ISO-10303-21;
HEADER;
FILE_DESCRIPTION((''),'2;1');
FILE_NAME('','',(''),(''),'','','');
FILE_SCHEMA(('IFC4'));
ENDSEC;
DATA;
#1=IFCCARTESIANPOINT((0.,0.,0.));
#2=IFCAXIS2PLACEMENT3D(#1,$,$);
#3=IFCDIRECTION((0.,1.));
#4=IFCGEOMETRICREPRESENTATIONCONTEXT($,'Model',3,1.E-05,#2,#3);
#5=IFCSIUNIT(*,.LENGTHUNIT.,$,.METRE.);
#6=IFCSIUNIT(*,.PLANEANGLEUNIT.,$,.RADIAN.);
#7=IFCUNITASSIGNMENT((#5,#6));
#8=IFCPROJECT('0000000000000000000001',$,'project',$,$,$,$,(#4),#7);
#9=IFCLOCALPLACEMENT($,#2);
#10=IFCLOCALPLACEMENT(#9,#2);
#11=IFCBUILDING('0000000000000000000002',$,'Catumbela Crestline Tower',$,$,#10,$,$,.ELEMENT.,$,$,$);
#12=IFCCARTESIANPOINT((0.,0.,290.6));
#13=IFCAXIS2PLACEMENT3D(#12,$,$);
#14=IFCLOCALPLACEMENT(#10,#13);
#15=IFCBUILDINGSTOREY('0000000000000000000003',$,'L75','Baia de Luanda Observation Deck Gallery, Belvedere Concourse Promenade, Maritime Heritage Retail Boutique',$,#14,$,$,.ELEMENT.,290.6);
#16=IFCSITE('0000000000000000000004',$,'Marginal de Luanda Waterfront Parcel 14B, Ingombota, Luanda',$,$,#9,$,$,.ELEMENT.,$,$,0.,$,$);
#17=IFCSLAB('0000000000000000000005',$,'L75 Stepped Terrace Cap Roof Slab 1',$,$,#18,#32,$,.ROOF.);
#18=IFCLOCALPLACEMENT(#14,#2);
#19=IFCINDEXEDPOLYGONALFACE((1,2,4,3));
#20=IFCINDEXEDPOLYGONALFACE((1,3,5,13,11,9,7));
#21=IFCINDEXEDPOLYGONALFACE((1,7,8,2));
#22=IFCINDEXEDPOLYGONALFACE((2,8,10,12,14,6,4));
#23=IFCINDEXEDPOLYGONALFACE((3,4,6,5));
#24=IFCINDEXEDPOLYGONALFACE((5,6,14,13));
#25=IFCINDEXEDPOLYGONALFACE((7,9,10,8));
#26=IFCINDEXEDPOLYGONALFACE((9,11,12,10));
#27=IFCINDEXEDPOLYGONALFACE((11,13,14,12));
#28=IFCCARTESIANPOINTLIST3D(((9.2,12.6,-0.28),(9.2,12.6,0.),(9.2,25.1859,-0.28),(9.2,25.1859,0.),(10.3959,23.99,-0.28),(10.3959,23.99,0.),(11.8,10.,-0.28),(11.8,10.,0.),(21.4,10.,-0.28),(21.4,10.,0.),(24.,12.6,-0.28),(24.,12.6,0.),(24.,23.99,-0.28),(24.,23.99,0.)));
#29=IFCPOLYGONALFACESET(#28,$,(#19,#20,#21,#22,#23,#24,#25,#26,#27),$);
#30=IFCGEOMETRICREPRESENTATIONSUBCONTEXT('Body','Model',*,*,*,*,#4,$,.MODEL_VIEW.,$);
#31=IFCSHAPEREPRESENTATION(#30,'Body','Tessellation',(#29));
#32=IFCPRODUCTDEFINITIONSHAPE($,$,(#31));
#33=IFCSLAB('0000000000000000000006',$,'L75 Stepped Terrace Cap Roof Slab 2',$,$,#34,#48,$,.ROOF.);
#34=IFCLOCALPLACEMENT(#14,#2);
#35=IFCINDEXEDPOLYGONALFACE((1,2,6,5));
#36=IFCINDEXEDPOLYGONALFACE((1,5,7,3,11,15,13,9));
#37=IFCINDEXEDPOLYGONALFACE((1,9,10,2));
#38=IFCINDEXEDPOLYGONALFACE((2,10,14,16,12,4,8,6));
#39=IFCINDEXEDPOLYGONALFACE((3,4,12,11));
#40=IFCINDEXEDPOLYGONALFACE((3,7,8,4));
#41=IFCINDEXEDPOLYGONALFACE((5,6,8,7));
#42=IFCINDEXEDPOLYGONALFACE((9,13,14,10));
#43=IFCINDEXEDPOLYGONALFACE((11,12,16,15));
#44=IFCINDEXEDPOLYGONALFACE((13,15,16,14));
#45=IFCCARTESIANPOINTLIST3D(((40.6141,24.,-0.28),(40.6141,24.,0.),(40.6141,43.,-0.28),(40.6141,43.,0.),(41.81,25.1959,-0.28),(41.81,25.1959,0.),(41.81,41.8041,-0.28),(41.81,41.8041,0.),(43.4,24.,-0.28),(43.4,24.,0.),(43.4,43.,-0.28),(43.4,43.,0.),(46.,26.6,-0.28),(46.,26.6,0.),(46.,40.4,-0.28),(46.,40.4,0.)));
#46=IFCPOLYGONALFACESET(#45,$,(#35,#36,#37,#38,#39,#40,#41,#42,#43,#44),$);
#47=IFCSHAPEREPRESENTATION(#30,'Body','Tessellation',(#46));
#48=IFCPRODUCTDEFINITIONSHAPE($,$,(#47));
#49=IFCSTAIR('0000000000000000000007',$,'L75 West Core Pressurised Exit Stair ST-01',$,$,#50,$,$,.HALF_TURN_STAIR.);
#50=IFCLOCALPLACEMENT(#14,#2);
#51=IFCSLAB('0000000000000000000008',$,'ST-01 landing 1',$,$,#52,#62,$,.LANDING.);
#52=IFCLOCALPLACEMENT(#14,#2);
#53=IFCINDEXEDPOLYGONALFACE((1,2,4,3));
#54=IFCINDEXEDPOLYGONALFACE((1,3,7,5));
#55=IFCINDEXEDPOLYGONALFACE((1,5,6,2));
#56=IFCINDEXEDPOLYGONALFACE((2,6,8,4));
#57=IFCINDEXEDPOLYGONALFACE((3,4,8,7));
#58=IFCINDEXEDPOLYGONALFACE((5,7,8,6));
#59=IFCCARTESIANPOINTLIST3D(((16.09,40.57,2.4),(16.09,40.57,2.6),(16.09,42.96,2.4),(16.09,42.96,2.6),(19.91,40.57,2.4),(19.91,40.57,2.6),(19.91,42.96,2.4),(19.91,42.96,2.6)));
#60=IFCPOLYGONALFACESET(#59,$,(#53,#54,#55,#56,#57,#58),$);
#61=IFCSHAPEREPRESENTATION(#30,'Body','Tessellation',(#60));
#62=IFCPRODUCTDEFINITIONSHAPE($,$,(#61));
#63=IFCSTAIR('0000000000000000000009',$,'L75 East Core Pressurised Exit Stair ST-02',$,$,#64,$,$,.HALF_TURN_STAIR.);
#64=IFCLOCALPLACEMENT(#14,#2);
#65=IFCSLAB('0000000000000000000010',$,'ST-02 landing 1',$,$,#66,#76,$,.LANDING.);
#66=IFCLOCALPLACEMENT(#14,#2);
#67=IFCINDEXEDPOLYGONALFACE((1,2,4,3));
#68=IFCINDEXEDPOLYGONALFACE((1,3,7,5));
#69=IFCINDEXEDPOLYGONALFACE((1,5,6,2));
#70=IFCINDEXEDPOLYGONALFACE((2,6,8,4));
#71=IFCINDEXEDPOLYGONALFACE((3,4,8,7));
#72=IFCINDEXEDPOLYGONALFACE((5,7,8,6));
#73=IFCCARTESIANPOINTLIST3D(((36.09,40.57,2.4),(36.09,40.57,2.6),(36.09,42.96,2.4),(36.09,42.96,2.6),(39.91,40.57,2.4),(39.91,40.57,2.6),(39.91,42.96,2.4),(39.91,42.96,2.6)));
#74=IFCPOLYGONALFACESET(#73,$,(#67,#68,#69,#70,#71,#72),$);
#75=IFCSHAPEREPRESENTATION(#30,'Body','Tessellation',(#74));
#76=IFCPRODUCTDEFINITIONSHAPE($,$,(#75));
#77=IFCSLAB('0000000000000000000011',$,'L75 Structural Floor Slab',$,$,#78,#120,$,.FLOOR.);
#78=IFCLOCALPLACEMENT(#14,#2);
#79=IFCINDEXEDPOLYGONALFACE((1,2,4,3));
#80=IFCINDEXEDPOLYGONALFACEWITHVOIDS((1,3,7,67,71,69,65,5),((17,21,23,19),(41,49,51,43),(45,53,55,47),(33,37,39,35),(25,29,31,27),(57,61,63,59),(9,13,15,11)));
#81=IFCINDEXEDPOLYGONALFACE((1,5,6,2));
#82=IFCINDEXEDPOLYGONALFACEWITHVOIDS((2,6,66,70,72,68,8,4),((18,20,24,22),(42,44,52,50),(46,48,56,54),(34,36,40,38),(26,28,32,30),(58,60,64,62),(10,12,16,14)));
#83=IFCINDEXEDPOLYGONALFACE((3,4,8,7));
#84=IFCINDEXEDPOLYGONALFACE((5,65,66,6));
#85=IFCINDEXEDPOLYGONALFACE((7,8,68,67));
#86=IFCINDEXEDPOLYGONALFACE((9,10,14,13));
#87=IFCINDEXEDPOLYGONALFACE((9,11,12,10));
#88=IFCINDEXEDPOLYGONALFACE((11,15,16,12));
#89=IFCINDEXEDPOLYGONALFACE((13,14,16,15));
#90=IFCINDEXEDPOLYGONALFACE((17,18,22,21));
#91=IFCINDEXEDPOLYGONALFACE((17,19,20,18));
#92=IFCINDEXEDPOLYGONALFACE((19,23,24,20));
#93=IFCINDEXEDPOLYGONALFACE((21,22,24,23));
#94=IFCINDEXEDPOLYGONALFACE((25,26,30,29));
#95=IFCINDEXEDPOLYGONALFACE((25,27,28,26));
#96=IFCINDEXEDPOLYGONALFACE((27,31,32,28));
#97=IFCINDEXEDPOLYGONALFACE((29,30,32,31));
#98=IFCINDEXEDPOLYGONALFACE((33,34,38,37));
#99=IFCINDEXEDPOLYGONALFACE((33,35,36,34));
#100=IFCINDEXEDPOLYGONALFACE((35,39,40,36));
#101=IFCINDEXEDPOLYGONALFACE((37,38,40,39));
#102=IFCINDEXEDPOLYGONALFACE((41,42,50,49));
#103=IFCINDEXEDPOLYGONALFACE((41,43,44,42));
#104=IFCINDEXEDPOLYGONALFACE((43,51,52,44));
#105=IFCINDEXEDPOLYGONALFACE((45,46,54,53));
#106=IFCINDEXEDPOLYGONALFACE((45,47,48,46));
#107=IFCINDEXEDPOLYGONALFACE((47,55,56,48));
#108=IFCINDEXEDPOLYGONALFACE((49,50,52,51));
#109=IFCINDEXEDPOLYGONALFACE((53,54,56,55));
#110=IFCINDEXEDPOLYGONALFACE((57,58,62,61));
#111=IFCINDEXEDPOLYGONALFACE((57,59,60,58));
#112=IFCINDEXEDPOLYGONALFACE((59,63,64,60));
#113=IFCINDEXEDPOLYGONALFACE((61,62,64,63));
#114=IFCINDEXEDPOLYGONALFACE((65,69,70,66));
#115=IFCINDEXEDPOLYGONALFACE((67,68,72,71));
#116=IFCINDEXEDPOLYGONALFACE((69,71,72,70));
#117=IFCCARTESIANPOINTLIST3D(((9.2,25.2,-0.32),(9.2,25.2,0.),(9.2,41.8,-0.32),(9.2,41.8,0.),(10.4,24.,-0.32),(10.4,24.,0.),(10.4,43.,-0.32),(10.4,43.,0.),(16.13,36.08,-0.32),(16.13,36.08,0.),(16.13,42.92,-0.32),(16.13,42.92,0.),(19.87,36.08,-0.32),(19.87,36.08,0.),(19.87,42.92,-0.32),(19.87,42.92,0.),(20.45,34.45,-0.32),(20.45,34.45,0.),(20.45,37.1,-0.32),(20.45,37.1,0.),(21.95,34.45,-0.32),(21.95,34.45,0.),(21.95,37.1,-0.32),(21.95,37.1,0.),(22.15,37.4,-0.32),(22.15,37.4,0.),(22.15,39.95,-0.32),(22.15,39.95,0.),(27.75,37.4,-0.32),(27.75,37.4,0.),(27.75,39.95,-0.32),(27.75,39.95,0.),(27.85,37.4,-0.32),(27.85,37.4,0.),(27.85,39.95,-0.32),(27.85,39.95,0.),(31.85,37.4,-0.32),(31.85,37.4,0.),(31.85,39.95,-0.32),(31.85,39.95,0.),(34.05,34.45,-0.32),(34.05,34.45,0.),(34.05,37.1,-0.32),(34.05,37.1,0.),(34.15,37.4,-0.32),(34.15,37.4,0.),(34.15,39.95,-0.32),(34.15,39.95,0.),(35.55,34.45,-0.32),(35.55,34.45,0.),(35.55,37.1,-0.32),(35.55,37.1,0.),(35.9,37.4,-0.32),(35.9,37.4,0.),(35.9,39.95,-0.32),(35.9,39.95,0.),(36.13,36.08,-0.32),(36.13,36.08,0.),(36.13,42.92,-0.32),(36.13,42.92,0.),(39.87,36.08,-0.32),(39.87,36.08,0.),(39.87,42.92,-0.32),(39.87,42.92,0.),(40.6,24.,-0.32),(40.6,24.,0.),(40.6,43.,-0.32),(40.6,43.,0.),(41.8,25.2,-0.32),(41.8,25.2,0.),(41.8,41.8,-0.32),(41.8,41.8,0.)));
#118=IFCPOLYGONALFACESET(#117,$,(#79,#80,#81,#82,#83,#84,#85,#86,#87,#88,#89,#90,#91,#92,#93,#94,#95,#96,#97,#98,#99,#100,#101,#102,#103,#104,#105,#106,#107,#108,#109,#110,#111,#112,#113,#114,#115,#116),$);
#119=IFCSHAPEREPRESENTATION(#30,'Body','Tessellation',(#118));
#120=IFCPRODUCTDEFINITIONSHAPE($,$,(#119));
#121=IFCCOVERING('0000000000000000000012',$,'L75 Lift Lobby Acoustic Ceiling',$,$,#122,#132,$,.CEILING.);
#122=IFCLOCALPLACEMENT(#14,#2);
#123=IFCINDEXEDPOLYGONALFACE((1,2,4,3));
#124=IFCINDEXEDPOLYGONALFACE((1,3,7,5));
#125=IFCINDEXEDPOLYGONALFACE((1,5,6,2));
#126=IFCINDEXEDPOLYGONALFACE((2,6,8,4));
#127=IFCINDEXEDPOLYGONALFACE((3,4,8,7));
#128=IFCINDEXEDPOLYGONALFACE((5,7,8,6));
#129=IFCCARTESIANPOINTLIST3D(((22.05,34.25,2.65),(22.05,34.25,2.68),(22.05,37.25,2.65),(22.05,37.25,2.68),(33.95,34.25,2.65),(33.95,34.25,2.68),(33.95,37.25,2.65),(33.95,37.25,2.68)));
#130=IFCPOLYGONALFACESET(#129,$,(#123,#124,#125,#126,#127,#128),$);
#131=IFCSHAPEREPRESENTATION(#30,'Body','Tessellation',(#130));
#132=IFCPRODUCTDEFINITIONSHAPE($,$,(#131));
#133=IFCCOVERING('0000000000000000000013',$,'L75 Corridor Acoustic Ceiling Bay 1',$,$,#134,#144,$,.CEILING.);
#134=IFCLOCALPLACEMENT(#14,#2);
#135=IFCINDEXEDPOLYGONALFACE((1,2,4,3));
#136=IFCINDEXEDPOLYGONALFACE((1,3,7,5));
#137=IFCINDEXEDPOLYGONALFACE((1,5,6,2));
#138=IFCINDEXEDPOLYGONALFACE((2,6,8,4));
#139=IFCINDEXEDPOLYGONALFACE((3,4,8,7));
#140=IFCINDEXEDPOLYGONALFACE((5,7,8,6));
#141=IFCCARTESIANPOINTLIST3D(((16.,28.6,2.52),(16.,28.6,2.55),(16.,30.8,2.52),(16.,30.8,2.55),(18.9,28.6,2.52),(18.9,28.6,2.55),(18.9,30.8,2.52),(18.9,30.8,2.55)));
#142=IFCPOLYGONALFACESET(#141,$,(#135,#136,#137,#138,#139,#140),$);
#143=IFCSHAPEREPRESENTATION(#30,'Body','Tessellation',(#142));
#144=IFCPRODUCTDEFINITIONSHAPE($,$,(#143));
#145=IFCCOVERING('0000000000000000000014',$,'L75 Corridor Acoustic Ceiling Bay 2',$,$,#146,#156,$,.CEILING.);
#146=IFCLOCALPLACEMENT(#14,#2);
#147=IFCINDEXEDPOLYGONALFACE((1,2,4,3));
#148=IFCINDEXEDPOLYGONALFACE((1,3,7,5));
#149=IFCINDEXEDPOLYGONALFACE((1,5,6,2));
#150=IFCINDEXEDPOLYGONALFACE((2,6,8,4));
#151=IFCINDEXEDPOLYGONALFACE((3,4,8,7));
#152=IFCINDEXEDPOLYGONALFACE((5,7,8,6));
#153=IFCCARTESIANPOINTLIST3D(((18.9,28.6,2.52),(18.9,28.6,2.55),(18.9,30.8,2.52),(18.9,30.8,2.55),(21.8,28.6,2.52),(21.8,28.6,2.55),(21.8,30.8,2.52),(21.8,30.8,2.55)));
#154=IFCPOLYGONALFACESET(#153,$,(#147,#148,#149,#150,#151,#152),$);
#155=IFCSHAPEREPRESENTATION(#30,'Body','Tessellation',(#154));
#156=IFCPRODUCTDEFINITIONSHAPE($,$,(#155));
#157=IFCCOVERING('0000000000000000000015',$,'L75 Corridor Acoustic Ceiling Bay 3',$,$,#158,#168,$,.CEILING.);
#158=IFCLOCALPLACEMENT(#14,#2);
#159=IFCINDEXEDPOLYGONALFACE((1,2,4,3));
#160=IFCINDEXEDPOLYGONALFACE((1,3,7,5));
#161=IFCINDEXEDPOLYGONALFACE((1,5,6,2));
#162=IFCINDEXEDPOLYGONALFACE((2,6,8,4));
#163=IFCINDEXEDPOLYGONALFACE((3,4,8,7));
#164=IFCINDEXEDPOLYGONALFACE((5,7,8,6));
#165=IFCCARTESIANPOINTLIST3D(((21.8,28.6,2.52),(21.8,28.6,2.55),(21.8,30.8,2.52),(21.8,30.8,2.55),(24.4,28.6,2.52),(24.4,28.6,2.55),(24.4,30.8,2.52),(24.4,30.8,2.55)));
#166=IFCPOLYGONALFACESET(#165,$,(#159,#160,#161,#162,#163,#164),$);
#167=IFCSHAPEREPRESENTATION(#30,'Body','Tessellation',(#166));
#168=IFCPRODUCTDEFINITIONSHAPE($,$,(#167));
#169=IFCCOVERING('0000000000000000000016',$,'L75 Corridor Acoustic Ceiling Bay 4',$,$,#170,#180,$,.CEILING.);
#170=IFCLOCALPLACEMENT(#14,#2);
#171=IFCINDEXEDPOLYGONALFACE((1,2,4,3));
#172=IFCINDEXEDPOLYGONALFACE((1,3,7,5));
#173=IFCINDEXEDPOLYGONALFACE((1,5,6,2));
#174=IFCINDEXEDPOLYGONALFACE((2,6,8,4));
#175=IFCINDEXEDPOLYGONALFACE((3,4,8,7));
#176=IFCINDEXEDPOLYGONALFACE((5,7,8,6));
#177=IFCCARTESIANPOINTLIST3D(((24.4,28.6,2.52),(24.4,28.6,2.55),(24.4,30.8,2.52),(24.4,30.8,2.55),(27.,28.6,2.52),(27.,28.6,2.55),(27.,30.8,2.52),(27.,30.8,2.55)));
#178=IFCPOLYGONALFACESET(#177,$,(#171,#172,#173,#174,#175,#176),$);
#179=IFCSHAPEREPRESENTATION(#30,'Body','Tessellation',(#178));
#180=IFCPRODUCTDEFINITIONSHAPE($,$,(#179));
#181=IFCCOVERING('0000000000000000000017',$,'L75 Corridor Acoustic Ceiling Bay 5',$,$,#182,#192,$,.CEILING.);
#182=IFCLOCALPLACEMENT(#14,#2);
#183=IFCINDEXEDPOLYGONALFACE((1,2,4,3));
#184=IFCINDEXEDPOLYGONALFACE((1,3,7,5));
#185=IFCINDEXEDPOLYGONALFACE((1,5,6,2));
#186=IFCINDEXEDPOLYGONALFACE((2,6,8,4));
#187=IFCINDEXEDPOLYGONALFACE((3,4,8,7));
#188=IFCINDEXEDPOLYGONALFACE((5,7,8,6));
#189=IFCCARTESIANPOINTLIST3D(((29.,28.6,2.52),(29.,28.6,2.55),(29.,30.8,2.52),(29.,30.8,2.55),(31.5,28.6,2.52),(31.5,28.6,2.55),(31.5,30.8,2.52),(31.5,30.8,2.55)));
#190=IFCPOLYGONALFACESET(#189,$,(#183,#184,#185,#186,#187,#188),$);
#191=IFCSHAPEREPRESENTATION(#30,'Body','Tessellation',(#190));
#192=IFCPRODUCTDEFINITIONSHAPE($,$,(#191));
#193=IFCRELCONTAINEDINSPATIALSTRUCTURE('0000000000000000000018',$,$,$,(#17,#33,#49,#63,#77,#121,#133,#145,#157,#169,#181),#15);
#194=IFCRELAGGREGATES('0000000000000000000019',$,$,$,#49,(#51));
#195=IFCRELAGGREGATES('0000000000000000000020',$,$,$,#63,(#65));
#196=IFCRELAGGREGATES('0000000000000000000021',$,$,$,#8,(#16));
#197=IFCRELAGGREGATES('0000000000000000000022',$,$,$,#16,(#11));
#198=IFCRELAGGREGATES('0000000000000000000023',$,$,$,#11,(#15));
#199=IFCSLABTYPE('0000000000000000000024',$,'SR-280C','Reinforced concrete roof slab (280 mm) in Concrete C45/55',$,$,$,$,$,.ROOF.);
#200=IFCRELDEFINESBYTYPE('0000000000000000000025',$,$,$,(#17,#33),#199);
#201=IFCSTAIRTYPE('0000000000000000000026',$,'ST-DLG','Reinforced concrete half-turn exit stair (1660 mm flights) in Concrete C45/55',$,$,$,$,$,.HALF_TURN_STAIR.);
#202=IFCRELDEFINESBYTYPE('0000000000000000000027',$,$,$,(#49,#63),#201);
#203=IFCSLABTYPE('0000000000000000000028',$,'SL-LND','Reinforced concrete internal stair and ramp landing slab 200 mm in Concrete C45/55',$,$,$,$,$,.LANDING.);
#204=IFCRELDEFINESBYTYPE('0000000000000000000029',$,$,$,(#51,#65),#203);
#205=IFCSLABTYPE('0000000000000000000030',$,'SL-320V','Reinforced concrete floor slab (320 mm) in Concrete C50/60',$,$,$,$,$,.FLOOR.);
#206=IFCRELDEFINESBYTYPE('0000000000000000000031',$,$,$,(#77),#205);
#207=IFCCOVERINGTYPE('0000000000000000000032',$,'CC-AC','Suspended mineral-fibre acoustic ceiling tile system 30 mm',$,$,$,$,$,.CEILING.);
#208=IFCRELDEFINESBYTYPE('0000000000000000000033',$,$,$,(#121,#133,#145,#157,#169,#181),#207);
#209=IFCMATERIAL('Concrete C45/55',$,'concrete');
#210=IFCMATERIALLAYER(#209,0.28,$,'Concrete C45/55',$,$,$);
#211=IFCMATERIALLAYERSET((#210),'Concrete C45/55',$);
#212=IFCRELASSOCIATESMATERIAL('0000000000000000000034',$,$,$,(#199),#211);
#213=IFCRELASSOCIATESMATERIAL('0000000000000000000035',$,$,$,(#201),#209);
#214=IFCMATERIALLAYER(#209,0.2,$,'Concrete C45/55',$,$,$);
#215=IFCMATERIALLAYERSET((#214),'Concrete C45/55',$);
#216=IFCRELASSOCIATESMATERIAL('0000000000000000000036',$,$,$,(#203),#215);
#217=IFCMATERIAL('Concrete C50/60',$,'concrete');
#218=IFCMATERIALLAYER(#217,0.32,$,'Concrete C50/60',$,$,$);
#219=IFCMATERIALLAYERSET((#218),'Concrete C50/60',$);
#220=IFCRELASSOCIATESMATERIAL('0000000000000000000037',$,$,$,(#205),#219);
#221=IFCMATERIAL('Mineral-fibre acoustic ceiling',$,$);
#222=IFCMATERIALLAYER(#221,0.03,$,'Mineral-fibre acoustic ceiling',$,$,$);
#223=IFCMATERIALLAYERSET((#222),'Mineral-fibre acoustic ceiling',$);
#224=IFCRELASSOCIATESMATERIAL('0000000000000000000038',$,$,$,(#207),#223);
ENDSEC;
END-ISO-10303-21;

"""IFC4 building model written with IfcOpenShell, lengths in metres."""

from ifc_helpers import new_model, si_unit, direction, frame, origin, place, context, subcontext, project, spatial, polyline, outline, extrude, material, layer, layer_set, type_object, element, aggregate, save


model = new_model("IFC4")

# Units and contexts
model_context = context("Model", 3, precision=1e-05, world=origin(), true_north=direction((0.0, 1.0)))
body_context = subcontext(model_context, "Body", "Model", "MODEL_VIEW")
ifc_project = project(units=[si_unit("LENGTHUNIT", "METRE"), si_unit("PLANEANGLEUNIT", "RADIAN")], contexts=[model_context])

# Site, building, storey
site_placement = place(None, origin())
site = spatial("IfcSite", under=ifc_project, at=site_placement, Name="Marginal de Luanda Waterfront Parcel 14B, Ingombota, Luanda", CompositionType="ELEMENT", RefElevation=0.0)
building_placement = place(site_placement, origin())
building = spatial("IfcBuilding", under=site, at=building_placement, Name="Catumbela Crestline Tower", CompositionType="ELEMENT")
storey_placement = place(building_placement, frame((0.0, 0.0, 290.6)))
storey = spatial("IfcBuildingStorey", under=building, at=storey_placement, Name="L75", Description="Baia de Luanda Observation Deck Gallery, Belvedere Concourse Promenade, Maritime Heritage Retail Boutique", CompositionType="ELEMENT", Elevation=290.6)

# Slabs
ifc_material_1 = material(Name="Concrete C45/55", Category="concrete")
ifc_layer_1 = layer(ifc_material_1, 0.28, Name="Concrete C45/55")
ifc_layer_set_1 = layer_set([ifc_layer_1], Name="Concrete C45/55")
slab_type_1 = type_object("IfcSlabType", Name="SR-280C", Description="Reinforced concrete roof slab (280 mm) in Concrete C45/55", PredefinedType="ROOF", material=ifc_layer_set_1)
slab_1_placement = place(storey_placement, frame((0.0, 0.0, -0.28)))
element("IfcSlab", 1, at=slab_1_placement, inside=storey, type_object=slab_type_1, Name="L75 Stepped Terrace Cap Roof Slab 1", PredefinedType="ROOF", context=body_context, shape_type="SweptSolid", body=[
    extrude(outline(polyline([(21.4, 10.0), (11.8, 10.0), (9.2, 12.6), (9.2, 25.1859), (10.3959, 23.99), (24.0, 23.99), (24.0, 12.6), (21.4, 10.0)])), origin(), (0.0, 0.0, 1.0), 0.28),
])
slab_2_placement = place(storey_placement, frame((0.0, 0.0, -0.28)))
element("IfcSlab", 2, at=slab_2_placement, inside=storey, type_object=slab_type_1, Name="L75 Stepped Terrace Cap Roof Slab 2", PredefinedType="ROOF", context=body_context, shape_type="SweptSolid", body=[
    extrude(outline(polyline([(46.0, 40.4), (46.0, 26.6), (43.4, 24.0), (40.6141, 24.0), (41.81, 25.1959), (41.81, 41.8041), (40.6141, 43.0), (43.4, 43.0), (46.0, 40.4)])), origin(), (0.0, 0.0, 1.0), 0.28),
])

# Stairs, slabs
stair_type = type_object("IfcStairType", Name="ST-DLG", Description="Reinforced concrete half-turn exit stair (1660 mm flights) in Concrete C45/55", PredefinedType="HALF_TURN_STAIR", material=ifc_material_1)
stair_1_placement = place(storey_placement, origin())
stair_1 = element("IfcStair", 3, at=stair_1_placement, inside=storey, type_object=stair_type, Name="L75 West Core Pressurised Exit Stair ST-01", PredefinedType="HALF_TURN_STAIR")
ifc_layer_2 = layer(ifc_material_1, 0.2, Name="Concrete C45/55")
ifc_layer_set_2 = layer_set([ifc_layer_2], Name="Concrete C45/55")
slab_type_2 = type_object("IfcSlabType", Name="SL-LND", Description="Reinforced concrete internal stair and ramp landing slab 200 mm in Concrete C45/55", PredefinedType="LANDING", material=ifc_layer_set_2)
slab_3_placement = place(storey_placement, frame((0.0, 0.0, 2.4)))
slab_3 = element("IfcSlab", 4, at=slab_3_placement, type_object=slab_type_2, Name="ST-01 landing 1", PredefinedType="LANDING", context=body_context, shape_type="SweptSolid", body=[
    extrude(outline(polyline([(19.91, 40.57), (19.91, 42.96), (16.09, 42.96), (16.09, 40.57), (19.91, 40.57)])), origin(), (0.0, 0.0, 1.0), 0.2),
])
aggregate(stair_1, [slab_3])
stair_2_placement = place(storey_placement, origin())
stair_2 = element("IfcStair", 5, at=stair_2_placement, inside=storey, type_object=stair_type, Name="L75 East Core Pressurised Exit Stair ST-02", PredefinedType="HALF_TURN_STAIR")
slab_4_placement = place(storey_placement, frame((0.0, 0.0, 2.4)))
slab_4 = element("IfcSlab", 6, at=slab_4_placement, type_object=slab_type_2, Name="ST-02 landing 1", PredefinedType="LANDING", context=body_context, shape_type="SweptSolid", body=[
    extrude(outline(polyline([(39.91, 40.57), (39.91, 42.96), (36.09, 42.96), (36.09, 40.57), (39.91, 40.57)])), origin(), (0.0, 0.0, 1.0), 0.2),
])
aggregate(stair_2, [slab_4])

# Slab
ifc_material_2 = material(Name="Concrete C50/60", Category="concrete")
ifc_layer_3 = layer(ifc_material_2, 0.32, Name="Concrete C50/60")
ifc_layer_set_3 = layer_set([ifc_layer_3], Name="Concrete C50/60")
slab_type_3 = type_object("IfcSlabType", Name="SL-320V", Description="Reinforced concrete floor slab (320 mm) in Concrete C50/60", PredefinedType="FLOOR", material=ifc_layer_set_3)
slab_5_placement = place(storey_placement, frame((0.0, 0.0, -0.32)))
element("IfcSlab", 7, at=slab_5_placement, inside=storey, type_object=slab_type_3, Name="L75 Structural Floor Slab", PredefinedType="FLOOR", context=body_context, shape_type="SweptSolid", body=[
    extrude(outline(polyline([(10.4, 24.0), (40.6, 24.0), (41.8, 25.2), (41.8, 41.8), (40.6, 43.0), (10.4, 43.0), (9.2, 41.8), (9.2, 25.2), (10.4, 24.0)]), holes=[polyline([(16.13, 36.08), (19.87, 36.08), (19.87, 42.92), (16.13, 42.92), (16.13, 36.08)]), polyline([(36.13, 36.08), (39.87, 36.08), (39.87, 42.92), (36.13, 42.92), (36.13, 36.08)]), polyline([(22.15, 37.4), (27.75, 37.4), (27.75, 39.95), (22.15, 39.95), (22.15, 37.4)]), polyline([(27.85, 37.4), (31.85, 37.4), (31.85, 39.95), (27.85, 39.95), (27.85, 37.4)]), polyline([(20.45, 34.45), (21.95, 34.45), (21.95, 37.1), (20.45, 37.1), (20.45, 34.45)]), polyline([(34.05, 34.45), (35.55, 34.45), (35.55, 37.1), (34.05, 37.1), (34.05, 34.45)]), polyline([(34.15, 37.4), (35.9, 37.4), (35.9, 39.95), (34.15, 39.95), (34.15, 37.4)])]), origin(), (0.0, 0.0, 1.0), 0.32),
])

# Coverings
ifc_material_3 = material(Name="Mineral-fibre acoustic ceiling")
ifc_layer_4 = layer(ifc_material_3, 0.03, Name="Mineral-fibre acoustic ceiling")
ifc_layer_set_4 = layer_set([ifc_layer_4], Name="Mineral-fibre acoustic ceiling")
covering_type_1 = type_object("IfcCoveringType", Name="CC-AC", Description="Suspended mineral-fibre acoustic ceiling tile system 30 mm", PredefinedType="CEILING", material=ifc_layer_set_4)
covering_1_placement = place(storey_placement, frame((0.0, 0.0, 2.65)))
element("IfcCovering", 8, at=covering_1_placement, inside=storey, type_object=covering_type_1, Name="L75 Lift Lobby Acoustic Ceiling", PredefinedType="CEILING", context=body_context, shape_type="SweptSolid", body=[
    extrude(outline(polyline([(22.05, 34.25), (33.95, 34.25), (33.95, 37.25), (22.05, 37.25), (22.05, 34.25)])), origin(), (0.0, 0.0, 1.0), 0.03),
])
covering_2_placement = place(storey_placement, frame((0.0, 0.0, 2.52)))
element("IfcCovering", 9, at=covering_2_placement, inside=storey, type_object=covering_type_1, Name="L75 Corridor Acoustic Ceiling Bay 1", PredefinedType="CEILING", context=body_context, shape_type="SweptSolid", body=[
    extrude(outline(polyline([(16.0, 28.6), (18.9, 28.6), (18.9, 30.8), (16.0, 30.8), (16.0, 28.6)])), origin(), (0.0, 0.0, 1.0), 0.03),
])
covering_3_placement = place(storey_placement, frame((0.0, 0.0, 2.52)))
element("IfcCovering", 10, at=covering_3_placement, inside=storey, type_object=covering_type_1, Name="L75 Corridor Acoustic Ceiling Bay 2", PredefinedType="CEILING", context=body_context, shape_type="SweptSolid", body=[
    extrude(outline(polyline([(18.9, 28.6), (21.8, 28.6), (21.8, 30.8), (18.9, 30.8), (18.9, 28.6)])), origin(), (0.0, 0.0, 1.0), 0.03),
])
covering_4_placement = place(storey_placement, frame((0.0, 0.0, 2.52)))
element("IfcCovering", 11, at=covering_4_placement, inside=storey, type_object=covering_type_1, Name="L75 Corridor Acoustic Ceiling Bay 3", PredefinedType="CEILING", context=body_context, shape_type="SweptSolid", body=[
    extrude(outline(polyline([(21.8, 28.6), (24.4, 28.6), (24.4, 30.8), (21.8, 30.8), (21.8, 28.6)])), origin(), (0.0, 0.0, 1.0), 0.03),
])
covering_5_placement = place(storey_placement, frame((0.0, 0.0, 2.52)))
element("IfcCovering", 12, at=covering_5_placement, inside=storey, type_object=covering_type_1, Name="L75 Corridor Acoustic Ceiling Bay 4", PredefinedType="CEILING", context=body_context, shape_type="SweptSolid", body=[
    extrude(outline(polyline([(24.4, 28.6), (27.0, 28.6), (27.0, 30.8), (24.4, 30.8), (24.4, 28.6)])), origin(), (0.0, 0.0, 1.0), 0.03),
])
covering_6_placement = place(storey_placement, frame((0.0, 0.0, 2.52)))
element("IfcCovering", 13, at=covering_6_placement, inside=storey, type_object=covering_type_1, Name="L75 Corridor Acoustic Ceiling Bay 5", PredefinedType="CEILING", context=body_context, shape_type="SweptSolid", body=[
    extrude(outline(polyline([(29.0, 28.6), (31.5, 28.6), (31.5, 30.8), (29.0, 30.8), (29.0, 28.6)])), origin(), (0.0, 0.0, 1.0), 0.03),
])

save(model, "model.ifc")
